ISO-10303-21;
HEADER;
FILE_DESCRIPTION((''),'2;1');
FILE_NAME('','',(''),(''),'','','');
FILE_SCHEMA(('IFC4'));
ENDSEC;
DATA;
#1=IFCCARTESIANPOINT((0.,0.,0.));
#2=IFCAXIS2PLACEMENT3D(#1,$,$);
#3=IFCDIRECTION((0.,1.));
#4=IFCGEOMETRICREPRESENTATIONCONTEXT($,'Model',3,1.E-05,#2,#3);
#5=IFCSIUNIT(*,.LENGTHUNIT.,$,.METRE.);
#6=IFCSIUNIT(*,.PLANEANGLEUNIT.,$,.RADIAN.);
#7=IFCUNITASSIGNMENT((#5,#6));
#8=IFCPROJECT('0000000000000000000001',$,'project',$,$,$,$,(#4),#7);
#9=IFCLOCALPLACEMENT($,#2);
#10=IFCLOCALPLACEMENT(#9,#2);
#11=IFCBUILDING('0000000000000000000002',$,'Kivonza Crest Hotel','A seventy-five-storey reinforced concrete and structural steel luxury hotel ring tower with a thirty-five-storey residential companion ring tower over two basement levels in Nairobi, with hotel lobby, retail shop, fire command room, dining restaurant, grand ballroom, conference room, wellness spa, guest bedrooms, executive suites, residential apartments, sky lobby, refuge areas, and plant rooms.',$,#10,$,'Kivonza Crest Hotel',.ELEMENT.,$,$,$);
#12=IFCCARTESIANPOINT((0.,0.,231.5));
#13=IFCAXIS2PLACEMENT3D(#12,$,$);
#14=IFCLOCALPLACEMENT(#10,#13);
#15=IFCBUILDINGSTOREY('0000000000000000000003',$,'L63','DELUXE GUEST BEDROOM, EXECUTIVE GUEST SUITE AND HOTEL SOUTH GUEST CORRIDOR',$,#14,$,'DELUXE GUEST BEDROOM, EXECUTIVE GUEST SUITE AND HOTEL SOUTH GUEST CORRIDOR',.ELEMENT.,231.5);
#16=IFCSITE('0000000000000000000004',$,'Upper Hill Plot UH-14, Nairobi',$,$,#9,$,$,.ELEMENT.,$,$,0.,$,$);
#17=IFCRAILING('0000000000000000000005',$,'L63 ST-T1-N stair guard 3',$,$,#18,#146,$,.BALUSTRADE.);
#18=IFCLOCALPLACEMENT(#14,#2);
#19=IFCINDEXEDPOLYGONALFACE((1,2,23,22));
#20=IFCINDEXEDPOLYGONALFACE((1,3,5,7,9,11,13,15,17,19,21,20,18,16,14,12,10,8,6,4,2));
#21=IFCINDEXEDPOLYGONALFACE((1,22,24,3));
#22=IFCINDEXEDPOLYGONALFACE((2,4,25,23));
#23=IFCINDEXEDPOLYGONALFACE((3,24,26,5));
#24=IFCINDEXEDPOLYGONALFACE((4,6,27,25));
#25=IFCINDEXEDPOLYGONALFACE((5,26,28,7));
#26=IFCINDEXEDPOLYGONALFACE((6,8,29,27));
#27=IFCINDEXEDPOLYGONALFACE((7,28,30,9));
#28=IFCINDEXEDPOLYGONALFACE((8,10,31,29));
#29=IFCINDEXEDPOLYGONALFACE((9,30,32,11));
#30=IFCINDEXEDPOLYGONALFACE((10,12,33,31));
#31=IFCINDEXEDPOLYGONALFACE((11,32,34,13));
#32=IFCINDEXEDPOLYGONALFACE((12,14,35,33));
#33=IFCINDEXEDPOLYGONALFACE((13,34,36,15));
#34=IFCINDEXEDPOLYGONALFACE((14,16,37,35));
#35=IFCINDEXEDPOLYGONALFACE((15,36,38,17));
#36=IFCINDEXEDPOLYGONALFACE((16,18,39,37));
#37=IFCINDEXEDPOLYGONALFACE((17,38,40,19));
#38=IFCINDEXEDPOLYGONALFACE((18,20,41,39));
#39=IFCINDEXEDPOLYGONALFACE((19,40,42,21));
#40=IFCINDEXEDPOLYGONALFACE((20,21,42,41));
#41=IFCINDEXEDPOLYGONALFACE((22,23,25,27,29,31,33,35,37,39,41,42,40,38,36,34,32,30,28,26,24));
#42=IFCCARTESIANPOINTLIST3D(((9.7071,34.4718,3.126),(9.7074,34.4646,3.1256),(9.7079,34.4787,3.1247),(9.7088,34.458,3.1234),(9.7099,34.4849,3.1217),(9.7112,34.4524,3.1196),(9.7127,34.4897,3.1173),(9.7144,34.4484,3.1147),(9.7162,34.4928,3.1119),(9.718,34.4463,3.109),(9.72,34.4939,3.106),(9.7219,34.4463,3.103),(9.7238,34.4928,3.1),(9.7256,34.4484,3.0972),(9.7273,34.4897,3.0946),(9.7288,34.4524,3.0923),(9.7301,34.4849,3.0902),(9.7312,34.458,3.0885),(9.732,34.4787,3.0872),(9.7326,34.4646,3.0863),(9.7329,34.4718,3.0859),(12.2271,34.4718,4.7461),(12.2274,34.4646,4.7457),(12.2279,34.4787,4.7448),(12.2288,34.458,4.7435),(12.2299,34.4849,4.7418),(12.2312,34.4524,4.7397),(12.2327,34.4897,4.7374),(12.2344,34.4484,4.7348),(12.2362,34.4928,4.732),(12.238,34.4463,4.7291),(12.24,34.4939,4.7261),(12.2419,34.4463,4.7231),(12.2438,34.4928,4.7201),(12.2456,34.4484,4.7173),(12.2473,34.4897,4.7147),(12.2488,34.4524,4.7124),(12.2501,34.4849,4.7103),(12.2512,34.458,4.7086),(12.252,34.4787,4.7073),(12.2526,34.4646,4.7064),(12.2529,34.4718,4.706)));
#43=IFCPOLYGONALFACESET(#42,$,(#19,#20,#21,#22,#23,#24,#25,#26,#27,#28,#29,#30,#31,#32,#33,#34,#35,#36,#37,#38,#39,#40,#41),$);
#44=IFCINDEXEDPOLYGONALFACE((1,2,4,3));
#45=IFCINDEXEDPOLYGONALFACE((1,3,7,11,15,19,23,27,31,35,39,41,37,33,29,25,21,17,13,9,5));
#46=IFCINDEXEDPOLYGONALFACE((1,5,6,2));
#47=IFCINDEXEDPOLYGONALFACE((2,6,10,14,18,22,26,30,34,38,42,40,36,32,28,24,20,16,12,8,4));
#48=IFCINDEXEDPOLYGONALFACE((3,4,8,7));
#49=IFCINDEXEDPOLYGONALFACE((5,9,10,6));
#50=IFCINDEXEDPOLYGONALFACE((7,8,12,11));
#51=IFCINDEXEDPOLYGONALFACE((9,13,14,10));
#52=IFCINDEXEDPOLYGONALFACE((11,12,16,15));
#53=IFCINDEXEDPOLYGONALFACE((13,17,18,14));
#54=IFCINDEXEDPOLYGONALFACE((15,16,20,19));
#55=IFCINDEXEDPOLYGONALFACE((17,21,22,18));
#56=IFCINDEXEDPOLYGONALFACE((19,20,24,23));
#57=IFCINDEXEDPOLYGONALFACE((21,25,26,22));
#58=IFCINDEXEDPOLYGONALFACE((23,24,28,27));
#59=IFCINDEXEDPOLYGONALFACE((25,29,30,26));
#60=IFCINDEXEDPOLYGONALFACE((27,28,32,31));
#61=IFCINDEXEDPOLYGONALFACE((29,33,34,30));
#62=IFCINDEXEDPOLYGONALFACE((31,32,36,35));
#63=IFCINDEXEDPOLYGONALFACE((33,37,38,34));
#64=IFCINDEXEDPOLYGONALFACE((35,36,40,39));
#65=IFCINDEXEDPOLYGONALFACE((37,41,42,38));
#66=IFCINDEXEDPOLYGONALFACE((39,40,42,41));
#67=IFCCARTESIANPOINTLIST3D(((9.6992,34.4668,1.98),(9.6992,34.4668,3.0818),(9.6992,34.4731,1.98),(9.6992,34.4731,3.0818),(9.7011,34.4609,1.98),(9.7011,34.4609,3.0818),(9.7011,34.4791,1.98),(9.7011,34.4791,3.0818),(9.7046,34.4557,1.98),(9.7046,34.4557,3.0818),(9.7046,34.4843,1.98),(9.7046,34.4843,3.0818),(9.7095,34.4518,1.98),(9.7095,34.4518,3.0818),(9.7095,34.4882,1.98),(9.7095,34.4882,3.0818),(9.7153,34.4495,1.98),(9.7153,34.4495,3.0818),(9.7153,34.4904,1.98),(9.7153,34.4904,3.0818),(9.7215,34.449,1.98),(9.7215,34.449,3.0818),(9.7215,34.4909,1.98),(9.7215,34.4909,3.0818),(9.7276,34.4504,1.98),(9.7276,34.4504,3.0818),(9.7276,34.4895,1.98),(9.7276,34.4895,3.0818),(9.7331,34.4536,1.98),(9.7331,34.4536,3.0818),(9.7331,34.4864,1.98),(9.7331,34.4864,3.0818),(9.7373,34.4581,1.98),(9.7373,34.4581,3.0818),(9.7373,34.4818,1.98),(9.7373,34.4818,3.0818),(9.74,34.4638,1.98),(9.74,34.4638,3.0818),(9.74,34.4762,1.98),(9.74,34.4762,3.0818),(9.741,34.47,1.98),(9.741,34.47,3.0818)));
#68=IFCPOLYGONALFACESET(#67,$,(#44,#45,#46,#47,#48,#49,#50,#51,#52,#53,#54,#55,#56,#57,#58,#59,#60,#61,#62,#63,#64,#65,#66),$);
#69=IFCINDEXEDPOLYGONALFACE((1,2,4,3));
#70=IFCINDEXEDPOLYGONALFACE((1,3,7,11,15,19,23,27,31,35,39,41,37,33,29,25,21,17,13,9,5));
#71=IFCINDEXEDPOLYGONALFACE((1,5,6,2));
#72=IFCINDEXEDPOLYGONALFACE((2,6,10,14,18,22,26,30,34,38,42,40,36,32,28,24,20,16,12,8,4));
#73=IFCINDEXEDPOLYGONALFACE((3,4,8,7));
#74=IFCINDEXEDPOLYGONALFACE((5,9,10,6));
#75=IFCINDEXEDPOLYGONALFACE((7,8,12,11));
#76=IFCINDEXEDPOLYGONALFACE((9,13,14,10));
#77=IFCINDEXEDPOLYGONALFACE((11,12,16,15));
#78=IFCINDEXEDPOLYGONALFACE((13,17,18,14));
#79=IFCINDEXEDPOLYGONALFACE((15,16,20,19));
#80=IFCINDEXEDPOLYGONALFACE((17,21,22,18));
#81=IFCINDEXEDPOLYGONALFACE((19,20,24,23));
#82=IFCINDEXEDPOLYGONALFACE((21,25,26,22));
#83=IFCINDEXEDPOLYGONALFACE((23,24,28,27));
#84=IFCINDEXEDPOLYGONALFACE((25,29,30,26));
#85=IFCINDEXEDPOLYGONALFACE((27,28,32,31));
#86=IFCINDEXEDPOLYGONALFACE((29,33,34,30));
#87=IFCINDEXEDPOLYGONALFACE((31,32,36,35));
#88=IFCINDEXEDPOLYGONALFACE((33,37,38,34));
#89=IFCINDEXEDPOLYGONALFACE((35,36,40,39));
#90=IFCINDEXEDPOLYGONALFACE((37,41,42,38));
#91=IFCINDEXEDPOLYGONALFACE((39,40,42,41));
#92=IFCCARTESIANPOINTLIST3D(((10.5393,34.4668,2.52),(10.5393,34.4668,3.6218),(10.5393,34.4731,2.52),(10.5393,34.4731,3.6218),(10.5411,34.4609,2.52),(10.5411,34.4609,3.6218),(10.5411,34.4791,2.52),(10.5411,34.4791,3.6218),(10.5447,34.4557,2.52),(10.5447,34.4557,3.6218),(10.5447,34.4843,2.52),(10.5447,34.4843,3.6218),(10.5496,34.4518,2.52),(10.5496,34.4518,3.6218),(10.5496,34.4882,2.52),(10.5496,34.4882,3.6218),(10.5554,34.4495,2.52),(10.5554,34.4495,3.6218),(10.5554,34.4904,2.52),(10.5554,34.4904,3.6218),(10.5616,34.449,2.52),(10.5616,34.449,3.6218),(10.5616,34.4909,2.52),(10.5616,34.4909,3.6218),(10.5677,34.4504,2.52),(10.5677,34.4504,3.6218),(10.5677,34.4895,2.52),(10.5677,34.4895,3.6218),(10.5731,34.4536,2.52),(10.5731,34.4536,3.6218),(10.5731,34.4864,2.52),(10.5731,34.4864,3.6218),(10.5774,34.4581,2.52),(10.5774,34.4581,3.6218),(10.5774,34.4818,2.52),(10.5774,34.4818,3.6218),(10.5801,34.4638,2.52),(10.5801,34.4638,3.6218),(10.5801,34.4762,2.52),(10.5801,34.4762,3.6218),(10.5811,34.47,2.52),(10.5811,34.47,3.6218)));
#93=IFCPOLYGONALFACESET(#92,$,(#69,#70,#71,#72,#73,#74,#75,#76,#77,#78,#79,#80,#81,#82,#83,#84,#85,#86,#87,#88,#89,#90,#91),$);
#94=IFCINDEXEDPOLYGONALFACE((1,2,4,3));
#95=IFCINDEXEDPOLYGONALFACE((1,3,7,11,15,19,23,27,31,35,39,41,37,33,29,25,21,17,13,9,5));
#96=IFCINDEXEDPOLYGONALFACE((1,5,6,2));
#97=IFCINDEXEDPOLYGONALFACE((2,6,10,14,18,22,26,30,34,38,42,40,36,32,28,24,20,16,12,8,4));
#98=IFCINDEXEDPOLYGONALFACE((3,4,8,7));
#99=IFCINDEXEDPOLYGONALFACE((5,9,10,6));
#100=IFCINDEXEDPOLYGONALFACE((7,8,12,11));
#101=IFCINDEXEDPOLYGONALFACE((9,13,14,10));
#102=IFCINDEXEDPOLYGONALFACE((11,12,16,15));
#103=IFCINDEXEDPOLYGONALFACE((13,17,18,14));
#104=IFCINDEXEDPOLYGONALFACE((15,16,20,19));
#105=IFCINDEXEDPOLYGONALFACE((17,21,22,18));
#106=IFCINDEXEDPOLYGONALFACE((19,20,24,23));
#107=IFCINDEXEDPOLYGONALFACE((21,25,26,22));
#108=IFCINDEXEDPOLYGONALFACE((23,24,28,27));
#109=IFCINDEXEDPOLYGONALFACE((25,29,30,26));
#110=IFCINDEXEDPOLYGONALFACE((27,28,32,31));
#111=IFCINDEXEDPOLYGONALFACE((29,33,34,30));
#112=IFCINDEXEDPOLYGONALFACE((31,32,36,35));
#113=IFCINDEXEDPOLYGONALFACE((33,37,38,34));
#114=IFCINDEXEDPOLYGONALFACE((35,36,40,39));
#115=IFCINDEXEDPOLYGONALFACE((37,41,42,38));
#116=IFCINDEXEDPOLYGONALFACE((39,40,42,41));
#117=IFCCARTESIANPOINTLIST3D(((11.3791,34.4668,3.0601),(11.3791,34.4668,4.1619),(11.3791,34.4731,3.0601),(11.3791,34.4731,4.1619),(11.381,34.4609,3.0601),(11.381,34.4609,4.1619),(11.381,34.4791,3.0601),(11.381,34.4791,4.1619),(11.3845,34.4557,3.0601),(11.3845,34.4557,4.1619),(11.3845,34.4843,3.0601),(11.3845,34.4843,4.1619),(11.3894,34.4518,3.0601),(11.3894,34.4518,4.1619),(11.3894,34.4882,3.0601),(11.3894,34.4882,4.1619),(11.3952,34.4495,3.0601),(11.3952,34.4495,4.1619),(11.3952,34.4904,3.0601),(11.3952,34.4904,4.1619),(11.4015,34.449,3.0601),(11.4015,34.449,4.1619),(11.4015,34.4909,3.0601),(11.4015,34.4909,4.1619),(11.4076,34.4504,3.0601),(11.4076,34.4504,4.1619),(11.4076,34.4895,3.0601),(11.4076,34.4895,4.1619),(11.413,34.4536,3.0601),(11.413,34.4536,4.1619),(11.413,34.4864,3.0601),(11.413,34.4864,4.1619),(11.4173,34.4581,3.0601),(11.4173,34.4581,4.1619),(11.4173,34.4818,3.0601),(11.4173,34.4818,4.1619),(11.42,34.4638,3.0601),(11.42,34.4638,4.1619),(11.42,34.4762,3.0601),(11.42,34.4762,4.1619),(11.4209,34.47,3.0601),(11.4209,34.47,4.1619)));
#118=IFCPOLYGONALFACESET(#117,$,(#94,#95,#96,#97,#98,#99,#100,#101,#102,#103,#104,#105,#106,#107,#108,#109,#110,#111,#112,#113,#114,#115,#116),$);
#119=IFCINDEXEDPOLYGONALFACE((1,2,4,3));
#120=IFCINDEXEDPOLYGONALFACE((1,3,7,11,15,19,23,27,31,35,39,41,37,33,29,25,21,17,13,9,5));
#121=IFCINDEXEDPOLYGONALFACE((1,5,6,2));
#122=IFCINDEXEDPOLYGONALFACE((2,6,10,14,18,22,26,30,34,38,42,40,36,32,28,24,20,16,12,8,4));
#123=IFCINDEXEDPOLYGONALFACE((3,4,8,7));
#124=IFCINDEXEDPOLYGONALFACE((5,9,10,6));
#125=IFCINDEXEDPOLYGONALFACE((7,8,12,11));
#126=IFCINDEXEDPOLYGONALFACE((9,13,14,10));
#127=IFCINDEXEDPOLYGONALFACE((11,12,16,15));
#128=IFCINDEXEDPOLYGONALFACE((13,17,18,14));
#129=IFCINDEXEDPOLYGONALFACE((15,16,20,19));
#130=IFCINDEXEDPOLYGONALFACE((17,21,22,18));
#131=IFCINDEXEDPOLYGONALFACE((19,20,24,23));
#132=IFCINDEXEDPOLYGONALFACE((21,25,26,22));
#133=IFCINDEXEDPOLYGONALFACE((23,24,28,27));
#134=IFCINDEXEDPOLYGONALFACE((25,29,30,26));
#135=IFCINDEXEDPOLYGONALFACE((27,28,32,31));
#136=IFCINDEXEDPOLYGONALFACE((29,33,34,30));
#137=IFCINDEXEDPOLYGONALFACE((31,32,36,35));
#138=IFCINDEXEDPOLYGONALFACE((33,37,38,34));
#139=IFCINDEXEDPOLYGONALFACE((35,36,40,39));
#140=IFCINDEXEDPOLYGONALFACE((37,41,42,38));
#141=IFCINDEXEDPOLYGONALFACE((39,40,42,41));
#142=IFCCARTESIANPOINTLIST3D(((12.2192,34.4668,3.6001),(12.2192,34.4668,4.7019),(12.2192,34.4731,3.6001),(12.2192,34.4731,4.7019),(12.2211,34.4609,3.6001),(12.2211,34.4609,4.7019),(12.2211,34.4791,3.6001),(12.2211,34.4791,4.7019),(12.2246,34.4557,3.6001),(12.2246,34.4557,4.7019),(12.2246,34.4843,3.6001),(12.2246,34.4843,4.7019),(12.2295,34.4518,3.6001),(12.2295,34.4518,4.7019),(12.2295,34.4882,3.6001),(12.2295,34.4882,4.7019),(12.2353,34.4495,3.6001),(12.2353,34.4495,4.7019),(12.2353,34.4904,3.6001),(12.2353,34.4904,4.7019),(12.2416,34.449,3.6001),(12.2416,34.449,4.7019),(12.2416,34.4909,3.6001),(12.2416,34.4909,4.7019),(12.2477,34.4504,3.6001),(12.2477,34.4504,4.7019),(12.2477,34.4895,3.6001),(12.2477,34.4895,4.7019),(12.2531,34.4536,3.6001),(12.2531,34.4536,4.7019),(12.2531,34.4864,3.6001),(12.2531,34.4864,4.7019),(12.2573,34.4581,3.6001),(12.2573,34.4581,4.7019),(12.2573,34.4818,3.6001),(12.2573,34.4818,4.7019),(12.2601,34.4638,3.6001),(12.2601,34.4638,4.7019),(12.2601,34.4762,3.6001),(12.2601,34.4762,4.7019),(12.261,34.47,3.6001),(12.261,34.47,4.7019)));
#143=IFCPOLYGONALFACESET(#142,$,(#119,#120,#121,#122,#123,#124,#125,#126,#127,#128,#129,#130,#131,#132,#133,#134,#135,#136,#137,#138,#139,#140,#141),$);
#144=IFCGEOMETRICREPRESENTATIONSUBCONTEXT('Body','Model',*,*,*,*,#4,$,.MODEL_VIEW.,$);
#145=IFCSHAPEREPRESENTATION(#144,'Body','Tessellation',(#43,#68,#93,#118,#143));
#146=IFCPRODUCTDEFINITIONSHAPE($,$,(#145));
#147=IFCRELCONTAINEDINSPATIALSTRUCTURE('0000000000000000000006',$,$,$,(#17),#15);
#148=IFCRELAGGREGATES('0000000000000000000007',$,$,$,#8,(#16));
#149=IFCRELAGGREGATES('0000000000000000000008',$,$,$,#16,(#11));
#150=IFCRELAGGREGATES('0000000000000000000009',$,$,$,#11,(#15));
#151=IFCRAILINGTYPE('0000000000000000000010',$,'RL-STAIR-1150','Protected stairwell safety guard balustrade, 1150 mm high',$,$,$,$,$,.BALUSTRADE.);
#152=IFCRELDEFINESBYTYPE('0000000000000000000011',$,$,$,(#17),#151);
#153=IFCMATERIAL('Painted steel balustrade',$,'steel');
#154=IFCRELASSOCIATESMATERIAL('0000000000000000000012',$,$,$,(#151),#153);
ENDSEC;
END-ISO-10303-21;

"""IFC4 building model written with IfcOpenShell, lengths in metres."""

from ifc_helpers import new_model, si_unit, direction, frame, origin, origin_2d, place, context, subcontext, project, spatial, circle, extrude, material, type_object, element, save


model = new_model("IFC4")

# Units and contexts
model_context = context("Model", 3, precision=1e-05, world=origin(), true_north=direction((0.0, 1.0)))
body_context = subcontext(model_context, "Body", "Model", "MODEL_VIEW")
ifc_project = project(units=[si_unit("LENGTHUNIT", "METRE"), si_unit("PLANEANGLEUNIT", "RADIAN")], contexts=[model_context])

# Site, building, storey
site_placement = place(None, origin())
site = spatial("IfcSite", under=ifc_project, at=site_placement, Name="Upper Hill Plot UH-14, Nairobi", CompositionType="ELEMENT", RefElevation=0.0)
building_placement = place(site_placement, origin())
building = spatial("IfcBuilding", under=site, at=building_placement, Name="Kivonza Crest Hotel", Description="A seventy-five-storey reinforced concrete and structural steel luxury hotel ring tower with a thirty-five-storey residential companion ring tower over two basement levels in Nairobi, with hotel lobby, retail shop, fire command room, dining restaurant, grand ballroom, conference room, wellness spa, guest bedrooms, executive suites, residential apartments, sky lobby, refuge areas, and plant rooms.", LongName="Kivonza Crest Hotel", CompositionType="ELEMENT")
storey_placement = place(building_placement, frame((0.0, 0.0, 231.5)))
storey = spatial("IfcBuildingStorey", under=building, at=storey_placement, Name="L63", Description="DELUXE GUEST BEDROOM, EXECUTIVE GUEST SUITE AND HOTEL SOUTH GUEST CORRIDOR", LongName="DELUXE GUEST BEDROOM, EXECUTIVE GUEST SUITE AND HOTEL SOUTH GUEST CORRIDOR", CompositionType="ELEMENT", Elevation=231.5)

# Railing
ifc_material_1 = material(Name="Painted steel balustrade", Category="steel")
railing_type_1 = type_object("IfcRailingType", Name="RL-STAIR-1150", Description="Protected stairwell safety guard balustrade, 1150 mm high", PredefinedType="BALUSTRADE", material=ifc_material_1)
railing_1_placement = place(storey_placement, frame((9.72, 34.47, 1.98)))
element("IfcRailing", 1, at=railing_1_placement, inside=storey, type_object=railing_type_1, Name="L63 ST-T1-N stair guard 3", PredefinedType="BALUSTRADE", context=body_context, shape_type="SweptSolid", body=[
    extrude(circle(Radius=0.0239, at=origin_2d()), frame((0.0, 0.0, 1.126), z_axis=(0.841163, 0.0, 0.540782), x_axis=(0.0, 1.0, 0.0)), (0.0, 0.0, 1.0), 2.9958),
    extrude(circle(Radius=0.021, at=origin_2d()), origin(), (0.0, 0.0, 1.0), 1.1018),
    extrude(circle(Radius=0.021, at=origin_2d()), frame((0.8401, 0.0, 0.54)), (0.0, 0.0, 1.0), 1.1018),
    extrude(circle(Radius=0.021, at=origin_2d()), frame((1.6799, 0.0, 1.0801)), (0.0, 0.0, 1.0), 1.1018),
    extrude(circle(Radius=0.021, at=origin_2d()), frame((2.52, 0.0, 1.6201)), (0.0, 0.0, 1.0), 1.1018),
])

save(model, "model.ifc")
